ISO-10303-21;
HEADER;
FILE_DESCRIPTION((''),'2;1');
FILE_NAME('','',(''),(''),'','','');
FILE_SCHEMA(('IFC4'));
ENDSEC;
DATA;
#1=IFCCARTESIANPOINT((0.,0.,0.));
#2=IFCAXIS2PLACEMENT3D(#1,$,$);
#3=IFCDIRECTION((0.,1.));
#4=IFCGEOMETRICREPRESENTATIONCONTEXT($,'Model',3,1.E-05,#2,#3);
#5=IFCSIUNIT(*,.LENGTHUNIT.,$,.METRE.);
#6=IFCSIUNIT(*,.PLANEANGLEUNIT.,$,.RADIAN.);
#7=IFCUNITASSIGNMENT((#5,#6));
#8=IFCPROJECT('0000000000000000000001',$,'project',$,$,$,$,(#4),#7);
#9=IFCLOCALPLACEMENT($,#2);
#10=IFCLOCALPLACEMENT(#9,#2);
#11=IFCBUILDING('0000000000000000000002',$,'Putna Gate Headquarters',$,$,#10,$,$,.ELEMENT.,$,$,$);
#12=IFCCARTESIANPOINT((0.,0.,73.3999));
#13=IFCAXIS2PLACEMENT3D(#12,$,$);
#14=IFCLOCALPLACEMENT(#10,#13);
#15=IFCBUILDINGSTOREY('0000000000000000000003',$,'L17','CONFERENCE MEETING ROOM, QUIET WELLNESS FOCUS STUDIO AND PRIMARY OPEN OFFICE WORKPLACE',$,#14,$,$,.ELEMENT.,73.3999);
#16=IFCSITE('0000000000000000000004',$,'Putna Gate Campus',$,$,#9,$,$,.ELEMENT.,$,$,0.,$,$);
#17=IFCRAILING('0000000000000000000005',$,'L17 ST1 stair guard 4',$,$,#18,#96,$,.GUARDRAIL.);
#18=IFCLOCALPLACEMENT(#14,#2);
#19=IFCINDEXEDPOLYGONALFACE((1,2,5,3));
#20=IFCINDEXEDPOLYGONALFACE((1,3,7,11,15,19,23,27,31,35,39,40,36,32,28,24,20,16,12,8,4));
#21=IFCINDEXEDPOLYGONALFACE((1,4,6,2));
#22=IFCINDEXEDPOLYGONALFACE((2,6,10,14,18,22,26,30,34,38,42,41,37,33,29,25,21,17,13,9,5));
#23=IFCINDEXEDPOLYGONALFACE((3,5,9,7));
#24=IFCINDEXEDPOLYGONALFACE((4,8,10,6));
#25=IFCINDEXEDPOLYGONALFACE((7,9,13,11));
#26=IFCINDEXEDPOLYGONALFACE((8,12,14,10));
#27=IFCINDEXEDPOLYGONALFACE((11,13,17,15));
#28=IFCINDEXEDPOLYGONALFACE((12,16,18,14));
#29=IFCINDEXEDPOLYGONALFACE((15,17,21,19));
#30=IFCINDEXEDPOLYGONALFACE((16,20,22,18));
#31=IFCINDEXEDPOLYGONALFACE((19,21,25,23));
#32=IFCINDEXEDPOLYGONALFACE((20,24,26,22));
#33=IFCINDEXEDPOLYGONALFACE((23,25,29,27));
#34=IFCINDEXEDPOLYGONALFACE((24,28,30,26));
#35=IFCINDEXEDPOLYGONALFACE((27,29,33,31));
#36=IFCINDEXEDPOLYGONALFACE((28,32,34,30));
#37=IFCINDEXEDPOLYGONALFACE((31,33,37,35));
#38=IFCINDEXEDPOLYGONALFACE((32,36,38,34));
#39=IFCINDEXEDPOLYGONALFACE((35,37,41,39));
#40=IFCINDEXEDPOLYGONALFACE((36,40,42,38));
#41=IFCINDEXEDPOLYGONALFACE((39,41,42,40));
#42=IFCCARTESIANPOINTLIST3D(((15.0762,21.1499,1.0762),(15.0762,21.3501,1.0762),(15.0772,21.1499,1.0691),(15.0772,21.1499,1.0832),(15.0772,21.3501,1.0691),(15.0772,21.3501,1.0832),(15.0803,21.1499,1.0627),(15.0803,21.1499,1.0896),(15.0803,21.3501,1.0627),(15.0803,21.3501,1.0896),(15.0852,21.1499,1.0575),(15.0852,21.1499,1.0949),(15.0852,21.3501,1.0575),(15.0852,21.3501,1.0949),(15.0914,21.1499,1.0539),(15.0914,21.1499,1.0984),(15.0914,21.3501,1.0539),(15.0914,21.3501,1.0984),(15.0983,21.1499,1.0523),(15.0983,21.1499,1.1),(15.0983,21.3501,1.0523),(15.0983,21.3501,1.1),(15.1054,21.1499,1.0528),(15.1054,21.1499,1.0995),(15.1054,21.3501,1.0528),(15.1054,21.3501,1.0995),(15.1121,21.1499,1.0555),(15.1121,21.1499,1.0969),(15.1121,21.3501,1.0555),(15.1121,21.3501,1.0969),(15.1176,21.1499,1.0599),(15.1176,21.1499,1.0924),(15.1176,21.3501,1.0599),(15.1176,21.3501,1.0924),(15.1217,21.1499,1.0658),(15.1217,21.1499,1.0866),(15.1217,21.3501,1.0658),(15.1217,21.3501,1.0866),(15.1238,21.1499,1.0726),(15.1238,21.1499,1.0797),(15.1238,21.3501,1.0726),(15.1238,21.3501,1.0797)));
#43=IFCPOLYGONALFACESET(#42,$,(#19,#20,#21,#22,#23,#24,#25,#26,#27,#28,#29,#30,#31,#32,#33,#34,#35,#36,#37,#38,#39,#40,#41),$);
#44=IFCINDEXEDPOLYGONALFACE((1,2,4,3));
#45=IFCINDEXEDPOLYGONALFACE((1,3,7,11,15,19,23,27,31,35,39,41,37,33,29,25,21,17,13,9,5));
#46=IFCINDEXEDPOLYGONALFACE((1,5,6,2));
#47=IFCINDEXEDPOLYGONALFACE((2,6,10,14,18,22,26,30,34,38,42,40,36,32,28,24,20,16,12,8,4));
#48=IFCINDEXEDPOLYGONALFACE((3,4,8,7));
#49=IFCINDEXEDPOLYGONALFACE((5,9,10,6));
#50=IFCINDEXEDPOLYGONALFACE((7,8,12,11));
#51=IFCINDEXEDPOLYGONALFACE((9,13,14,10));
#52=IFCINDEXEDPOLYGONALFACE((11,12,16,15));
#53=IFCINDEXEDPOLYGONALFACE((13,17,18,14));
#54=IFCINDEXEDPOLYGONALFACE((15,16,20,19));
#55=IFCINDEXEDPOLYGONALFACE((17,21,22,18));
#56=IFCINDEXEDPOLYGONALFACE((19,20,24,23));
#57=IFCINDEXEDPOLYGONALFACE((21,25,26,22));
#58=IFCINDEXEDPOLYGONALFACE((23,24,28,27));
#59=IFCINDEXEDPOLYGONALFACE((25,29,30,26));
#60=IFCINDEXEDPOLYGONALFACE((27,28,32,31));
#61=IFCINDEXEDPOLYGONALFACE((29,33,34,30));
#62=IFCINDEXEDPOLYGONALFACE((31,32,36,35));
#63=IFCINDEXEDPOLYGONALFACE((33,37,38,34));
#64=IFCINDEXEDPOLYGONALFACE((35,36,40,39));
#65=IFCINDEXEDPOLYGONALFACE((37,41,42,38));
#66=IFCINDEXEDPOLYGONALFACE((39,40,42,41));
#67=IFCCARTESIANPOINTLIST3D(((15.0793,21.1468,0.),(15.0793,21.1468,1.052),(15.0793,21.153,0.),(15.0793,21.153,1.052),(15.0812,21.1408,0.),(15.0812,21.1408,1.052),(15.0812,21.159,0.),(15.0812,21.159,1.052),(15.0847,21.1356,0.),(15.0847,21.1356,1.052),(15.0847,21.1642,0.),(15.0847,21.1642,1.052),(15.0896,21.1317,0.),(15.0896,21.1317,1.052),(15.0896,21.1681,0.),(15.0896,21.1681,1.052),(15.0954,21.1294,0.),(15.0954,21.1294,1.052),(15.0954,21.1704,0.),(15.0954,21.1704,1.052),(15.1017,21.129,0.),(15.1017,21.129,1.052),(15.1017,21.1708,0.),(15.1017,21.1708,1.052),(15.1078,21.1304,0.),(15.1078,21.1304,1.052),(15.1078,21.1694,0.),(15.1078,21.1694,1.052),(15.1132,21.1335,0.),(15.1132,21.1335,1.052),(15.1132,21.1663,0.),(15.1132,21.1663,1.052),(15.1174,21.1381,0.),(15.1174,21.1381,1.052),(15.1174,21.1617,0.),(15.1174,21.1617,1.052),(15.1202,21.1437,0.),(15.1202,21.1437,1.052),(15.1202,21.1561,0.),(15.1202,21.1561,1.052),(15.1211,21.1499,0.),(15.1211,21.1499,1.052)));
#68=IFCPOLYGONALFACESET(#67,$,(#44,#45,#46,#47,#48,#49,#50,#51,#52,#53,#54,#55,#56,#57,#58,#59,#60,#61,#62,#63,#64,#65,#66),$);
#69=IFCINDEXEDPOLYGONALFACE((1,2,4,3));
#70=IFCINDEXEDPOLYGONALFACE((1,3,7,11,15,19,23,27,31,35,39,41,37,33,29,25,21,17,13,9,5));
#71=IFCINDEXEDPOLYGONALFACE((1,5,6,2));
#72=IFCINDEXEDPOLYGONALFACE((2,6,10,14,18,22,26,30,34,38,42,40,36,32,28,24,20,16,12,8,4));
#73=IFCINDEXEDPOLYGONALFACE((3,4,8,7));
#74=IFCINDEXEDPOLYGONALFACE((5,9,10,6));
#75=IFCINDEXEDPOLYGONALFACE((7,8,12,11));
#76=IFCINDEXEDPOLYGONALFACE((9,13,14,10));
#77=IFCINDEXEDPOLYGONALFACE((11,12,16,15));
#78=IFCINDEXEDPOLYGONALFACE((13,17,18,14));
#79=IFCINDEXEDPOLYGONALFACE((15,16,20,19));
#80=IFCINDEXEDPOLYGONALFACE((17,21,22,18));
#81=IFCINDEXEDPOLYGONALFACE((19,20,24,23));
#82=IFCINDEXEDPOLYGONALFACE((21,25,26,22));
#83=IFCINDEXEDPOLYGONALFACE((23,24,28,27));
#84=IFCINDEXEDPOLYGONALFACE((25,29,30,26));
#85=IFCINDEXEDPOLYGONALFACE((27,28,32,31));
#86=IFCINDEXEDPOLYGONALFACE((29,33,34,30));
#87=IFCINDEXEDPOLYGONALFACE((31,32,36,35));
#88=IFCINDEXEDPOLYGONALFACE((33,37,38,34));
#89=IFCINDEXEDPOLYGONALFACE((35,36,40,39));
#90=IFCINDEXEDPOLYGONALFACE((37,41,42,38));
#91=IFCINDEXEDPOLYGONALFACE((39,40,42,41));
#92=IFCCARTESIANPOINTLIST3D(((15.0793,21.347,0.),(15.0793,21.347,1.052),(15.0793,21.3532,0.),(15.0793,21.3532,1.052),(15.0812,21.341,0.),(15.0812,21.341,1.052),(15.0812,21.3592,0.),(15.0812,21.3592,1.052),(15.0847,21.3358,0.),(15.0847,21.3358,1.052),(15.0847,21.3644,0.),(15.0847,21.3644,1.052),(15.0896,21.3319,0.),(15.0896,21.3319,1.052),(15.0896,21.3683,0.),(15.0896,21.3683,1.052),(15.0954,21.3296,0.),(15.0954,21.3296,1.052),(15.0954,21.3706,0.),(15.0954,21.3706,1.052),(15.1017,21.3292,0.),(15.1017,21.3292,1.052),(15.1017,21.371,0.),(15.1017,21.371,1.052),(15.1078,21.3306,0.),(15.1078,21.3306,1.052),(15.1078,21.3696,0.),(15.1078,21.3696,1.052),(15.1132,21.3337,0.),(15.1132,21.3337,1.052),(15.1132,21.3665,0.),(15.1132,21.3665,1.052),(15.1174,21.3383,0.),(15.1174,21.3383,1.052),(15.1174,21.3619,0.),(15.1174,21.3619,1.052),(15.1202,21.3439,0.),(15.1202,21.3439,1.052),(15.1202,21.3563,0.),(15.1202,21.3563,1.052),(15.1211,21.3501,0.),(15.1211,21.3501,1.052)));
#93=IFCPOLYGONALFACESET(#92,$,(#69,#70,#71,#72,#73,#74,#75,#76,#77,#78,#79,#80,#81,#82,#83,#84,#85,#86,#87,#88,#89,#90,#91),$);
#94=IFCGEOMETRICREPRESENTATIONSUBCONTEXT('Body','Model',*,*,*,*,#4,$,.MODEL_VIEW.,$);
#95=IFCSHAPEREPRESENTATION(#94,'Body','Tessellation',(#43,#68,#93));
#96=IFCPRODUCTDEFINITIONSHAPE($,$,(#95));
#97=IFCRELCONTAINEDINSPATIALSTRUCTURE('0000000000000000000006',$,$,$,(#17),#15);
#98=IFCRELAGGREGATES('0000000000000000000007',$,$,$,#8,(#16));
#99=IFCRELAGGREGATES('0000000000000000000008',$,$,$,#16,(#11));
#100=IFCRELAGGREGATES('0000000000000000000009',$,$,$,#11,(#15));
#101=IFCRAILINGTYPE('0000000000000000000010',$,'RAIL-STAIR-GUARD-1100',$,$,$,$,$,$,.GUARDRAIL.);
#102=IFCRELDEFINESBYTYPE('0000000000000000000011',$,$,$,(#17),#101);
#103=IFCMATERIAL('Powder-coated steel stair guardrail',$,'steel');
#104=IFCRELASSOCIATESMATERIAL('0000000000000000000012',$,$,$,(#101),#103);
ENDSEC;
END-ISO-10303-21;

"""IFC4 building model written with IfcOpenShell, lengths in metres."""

from ifc_helpers import new_model, si_unit, direction, frame, origin, origin_2d, place, context, subcontext, project, spatial, circle, extrude, material, type_object, element, save


model = new_model("IFC4")

# Units and contexts
model_context = context("Model", 3, precision=1e-05, world=origin(), true_north=direction((0.0, 1.0)))
body_context = subcontext(model_context, "Body", "Model", "MODEL_VIEW")
ifc_project = project(units=[si_unit("LENGTHUNIT", "METRE"), si_unit("PLANEANGLEUNIT", "RADIAN")], contexts=[model_context])

# Site, building, storey
site_placement = place(None, origin())
site = spatial("IfcSite", under=ifc_project, at=site_placement, Name="Putna Gate Campus", CompositionType="ELEMENT", RefElevation=0.0)
building_placement = place(site_placement, origin())
building = spatial("IfcBuilding", under=site, at=building_placement, Name="Putna Gate Headquarters", CompositionType="ELEMENT")
storey_placement = place(building_placement, frame((0.0, 0.0, 73.3999)))
storey = spatial("IfcBuildingStorey", under=building, at=storey_placement, Name="L17", Description="CONFERENCE MEETING ROOM, QUIET WELLNESS FOCUS STUDIO AND PRIMARY OPEN OFFICE WORKPLACE", CompositionType="ELEMENT", Elevation=73.3999)

# Railing
ifc_material_1 = material(Name="Powder-coated steel stair guardrail", Category="steel")
railing_type_1 = type_object("IfcRailingType", Name="RAIL-STAIR-GUARD-1100", PredefinedType="GUARDRAIL", material=ifc_material_1)
railing_1_placement = place(storey_placement, frame((15.1001, 21.1499, 0.0)))
element("IfcRailing", 1, at=railing_1_placement, inside=storey, type_object=railing_type_1, Name="L17 ST1 stair guard 4", PredefinedType="GUARDRAIL", context=body_context, shape_type="SweptSolid", body=[
    extrude(circle(Radius=0.0239, at=origin_2d()), frame((0.0, 0.0, 1.0762), z_axis=(0.0, 1.0, 0.0), x_axis=(-1.0, 0.0, 0.0)), (0.0, 0.0, 1.0), 0.2002),
    extrude(circle(Radius=0.021, at=origin_2d()), origin(), (0.0, 0.0, 1.0), 1.052),
    extrude(circle(Radius=0.021, at=origin_2d()), frame((0.0, 0.2002, 0.0)), (0.0, 0.0, 1.0), 1.052),
])

save(model, "model.ifc")
